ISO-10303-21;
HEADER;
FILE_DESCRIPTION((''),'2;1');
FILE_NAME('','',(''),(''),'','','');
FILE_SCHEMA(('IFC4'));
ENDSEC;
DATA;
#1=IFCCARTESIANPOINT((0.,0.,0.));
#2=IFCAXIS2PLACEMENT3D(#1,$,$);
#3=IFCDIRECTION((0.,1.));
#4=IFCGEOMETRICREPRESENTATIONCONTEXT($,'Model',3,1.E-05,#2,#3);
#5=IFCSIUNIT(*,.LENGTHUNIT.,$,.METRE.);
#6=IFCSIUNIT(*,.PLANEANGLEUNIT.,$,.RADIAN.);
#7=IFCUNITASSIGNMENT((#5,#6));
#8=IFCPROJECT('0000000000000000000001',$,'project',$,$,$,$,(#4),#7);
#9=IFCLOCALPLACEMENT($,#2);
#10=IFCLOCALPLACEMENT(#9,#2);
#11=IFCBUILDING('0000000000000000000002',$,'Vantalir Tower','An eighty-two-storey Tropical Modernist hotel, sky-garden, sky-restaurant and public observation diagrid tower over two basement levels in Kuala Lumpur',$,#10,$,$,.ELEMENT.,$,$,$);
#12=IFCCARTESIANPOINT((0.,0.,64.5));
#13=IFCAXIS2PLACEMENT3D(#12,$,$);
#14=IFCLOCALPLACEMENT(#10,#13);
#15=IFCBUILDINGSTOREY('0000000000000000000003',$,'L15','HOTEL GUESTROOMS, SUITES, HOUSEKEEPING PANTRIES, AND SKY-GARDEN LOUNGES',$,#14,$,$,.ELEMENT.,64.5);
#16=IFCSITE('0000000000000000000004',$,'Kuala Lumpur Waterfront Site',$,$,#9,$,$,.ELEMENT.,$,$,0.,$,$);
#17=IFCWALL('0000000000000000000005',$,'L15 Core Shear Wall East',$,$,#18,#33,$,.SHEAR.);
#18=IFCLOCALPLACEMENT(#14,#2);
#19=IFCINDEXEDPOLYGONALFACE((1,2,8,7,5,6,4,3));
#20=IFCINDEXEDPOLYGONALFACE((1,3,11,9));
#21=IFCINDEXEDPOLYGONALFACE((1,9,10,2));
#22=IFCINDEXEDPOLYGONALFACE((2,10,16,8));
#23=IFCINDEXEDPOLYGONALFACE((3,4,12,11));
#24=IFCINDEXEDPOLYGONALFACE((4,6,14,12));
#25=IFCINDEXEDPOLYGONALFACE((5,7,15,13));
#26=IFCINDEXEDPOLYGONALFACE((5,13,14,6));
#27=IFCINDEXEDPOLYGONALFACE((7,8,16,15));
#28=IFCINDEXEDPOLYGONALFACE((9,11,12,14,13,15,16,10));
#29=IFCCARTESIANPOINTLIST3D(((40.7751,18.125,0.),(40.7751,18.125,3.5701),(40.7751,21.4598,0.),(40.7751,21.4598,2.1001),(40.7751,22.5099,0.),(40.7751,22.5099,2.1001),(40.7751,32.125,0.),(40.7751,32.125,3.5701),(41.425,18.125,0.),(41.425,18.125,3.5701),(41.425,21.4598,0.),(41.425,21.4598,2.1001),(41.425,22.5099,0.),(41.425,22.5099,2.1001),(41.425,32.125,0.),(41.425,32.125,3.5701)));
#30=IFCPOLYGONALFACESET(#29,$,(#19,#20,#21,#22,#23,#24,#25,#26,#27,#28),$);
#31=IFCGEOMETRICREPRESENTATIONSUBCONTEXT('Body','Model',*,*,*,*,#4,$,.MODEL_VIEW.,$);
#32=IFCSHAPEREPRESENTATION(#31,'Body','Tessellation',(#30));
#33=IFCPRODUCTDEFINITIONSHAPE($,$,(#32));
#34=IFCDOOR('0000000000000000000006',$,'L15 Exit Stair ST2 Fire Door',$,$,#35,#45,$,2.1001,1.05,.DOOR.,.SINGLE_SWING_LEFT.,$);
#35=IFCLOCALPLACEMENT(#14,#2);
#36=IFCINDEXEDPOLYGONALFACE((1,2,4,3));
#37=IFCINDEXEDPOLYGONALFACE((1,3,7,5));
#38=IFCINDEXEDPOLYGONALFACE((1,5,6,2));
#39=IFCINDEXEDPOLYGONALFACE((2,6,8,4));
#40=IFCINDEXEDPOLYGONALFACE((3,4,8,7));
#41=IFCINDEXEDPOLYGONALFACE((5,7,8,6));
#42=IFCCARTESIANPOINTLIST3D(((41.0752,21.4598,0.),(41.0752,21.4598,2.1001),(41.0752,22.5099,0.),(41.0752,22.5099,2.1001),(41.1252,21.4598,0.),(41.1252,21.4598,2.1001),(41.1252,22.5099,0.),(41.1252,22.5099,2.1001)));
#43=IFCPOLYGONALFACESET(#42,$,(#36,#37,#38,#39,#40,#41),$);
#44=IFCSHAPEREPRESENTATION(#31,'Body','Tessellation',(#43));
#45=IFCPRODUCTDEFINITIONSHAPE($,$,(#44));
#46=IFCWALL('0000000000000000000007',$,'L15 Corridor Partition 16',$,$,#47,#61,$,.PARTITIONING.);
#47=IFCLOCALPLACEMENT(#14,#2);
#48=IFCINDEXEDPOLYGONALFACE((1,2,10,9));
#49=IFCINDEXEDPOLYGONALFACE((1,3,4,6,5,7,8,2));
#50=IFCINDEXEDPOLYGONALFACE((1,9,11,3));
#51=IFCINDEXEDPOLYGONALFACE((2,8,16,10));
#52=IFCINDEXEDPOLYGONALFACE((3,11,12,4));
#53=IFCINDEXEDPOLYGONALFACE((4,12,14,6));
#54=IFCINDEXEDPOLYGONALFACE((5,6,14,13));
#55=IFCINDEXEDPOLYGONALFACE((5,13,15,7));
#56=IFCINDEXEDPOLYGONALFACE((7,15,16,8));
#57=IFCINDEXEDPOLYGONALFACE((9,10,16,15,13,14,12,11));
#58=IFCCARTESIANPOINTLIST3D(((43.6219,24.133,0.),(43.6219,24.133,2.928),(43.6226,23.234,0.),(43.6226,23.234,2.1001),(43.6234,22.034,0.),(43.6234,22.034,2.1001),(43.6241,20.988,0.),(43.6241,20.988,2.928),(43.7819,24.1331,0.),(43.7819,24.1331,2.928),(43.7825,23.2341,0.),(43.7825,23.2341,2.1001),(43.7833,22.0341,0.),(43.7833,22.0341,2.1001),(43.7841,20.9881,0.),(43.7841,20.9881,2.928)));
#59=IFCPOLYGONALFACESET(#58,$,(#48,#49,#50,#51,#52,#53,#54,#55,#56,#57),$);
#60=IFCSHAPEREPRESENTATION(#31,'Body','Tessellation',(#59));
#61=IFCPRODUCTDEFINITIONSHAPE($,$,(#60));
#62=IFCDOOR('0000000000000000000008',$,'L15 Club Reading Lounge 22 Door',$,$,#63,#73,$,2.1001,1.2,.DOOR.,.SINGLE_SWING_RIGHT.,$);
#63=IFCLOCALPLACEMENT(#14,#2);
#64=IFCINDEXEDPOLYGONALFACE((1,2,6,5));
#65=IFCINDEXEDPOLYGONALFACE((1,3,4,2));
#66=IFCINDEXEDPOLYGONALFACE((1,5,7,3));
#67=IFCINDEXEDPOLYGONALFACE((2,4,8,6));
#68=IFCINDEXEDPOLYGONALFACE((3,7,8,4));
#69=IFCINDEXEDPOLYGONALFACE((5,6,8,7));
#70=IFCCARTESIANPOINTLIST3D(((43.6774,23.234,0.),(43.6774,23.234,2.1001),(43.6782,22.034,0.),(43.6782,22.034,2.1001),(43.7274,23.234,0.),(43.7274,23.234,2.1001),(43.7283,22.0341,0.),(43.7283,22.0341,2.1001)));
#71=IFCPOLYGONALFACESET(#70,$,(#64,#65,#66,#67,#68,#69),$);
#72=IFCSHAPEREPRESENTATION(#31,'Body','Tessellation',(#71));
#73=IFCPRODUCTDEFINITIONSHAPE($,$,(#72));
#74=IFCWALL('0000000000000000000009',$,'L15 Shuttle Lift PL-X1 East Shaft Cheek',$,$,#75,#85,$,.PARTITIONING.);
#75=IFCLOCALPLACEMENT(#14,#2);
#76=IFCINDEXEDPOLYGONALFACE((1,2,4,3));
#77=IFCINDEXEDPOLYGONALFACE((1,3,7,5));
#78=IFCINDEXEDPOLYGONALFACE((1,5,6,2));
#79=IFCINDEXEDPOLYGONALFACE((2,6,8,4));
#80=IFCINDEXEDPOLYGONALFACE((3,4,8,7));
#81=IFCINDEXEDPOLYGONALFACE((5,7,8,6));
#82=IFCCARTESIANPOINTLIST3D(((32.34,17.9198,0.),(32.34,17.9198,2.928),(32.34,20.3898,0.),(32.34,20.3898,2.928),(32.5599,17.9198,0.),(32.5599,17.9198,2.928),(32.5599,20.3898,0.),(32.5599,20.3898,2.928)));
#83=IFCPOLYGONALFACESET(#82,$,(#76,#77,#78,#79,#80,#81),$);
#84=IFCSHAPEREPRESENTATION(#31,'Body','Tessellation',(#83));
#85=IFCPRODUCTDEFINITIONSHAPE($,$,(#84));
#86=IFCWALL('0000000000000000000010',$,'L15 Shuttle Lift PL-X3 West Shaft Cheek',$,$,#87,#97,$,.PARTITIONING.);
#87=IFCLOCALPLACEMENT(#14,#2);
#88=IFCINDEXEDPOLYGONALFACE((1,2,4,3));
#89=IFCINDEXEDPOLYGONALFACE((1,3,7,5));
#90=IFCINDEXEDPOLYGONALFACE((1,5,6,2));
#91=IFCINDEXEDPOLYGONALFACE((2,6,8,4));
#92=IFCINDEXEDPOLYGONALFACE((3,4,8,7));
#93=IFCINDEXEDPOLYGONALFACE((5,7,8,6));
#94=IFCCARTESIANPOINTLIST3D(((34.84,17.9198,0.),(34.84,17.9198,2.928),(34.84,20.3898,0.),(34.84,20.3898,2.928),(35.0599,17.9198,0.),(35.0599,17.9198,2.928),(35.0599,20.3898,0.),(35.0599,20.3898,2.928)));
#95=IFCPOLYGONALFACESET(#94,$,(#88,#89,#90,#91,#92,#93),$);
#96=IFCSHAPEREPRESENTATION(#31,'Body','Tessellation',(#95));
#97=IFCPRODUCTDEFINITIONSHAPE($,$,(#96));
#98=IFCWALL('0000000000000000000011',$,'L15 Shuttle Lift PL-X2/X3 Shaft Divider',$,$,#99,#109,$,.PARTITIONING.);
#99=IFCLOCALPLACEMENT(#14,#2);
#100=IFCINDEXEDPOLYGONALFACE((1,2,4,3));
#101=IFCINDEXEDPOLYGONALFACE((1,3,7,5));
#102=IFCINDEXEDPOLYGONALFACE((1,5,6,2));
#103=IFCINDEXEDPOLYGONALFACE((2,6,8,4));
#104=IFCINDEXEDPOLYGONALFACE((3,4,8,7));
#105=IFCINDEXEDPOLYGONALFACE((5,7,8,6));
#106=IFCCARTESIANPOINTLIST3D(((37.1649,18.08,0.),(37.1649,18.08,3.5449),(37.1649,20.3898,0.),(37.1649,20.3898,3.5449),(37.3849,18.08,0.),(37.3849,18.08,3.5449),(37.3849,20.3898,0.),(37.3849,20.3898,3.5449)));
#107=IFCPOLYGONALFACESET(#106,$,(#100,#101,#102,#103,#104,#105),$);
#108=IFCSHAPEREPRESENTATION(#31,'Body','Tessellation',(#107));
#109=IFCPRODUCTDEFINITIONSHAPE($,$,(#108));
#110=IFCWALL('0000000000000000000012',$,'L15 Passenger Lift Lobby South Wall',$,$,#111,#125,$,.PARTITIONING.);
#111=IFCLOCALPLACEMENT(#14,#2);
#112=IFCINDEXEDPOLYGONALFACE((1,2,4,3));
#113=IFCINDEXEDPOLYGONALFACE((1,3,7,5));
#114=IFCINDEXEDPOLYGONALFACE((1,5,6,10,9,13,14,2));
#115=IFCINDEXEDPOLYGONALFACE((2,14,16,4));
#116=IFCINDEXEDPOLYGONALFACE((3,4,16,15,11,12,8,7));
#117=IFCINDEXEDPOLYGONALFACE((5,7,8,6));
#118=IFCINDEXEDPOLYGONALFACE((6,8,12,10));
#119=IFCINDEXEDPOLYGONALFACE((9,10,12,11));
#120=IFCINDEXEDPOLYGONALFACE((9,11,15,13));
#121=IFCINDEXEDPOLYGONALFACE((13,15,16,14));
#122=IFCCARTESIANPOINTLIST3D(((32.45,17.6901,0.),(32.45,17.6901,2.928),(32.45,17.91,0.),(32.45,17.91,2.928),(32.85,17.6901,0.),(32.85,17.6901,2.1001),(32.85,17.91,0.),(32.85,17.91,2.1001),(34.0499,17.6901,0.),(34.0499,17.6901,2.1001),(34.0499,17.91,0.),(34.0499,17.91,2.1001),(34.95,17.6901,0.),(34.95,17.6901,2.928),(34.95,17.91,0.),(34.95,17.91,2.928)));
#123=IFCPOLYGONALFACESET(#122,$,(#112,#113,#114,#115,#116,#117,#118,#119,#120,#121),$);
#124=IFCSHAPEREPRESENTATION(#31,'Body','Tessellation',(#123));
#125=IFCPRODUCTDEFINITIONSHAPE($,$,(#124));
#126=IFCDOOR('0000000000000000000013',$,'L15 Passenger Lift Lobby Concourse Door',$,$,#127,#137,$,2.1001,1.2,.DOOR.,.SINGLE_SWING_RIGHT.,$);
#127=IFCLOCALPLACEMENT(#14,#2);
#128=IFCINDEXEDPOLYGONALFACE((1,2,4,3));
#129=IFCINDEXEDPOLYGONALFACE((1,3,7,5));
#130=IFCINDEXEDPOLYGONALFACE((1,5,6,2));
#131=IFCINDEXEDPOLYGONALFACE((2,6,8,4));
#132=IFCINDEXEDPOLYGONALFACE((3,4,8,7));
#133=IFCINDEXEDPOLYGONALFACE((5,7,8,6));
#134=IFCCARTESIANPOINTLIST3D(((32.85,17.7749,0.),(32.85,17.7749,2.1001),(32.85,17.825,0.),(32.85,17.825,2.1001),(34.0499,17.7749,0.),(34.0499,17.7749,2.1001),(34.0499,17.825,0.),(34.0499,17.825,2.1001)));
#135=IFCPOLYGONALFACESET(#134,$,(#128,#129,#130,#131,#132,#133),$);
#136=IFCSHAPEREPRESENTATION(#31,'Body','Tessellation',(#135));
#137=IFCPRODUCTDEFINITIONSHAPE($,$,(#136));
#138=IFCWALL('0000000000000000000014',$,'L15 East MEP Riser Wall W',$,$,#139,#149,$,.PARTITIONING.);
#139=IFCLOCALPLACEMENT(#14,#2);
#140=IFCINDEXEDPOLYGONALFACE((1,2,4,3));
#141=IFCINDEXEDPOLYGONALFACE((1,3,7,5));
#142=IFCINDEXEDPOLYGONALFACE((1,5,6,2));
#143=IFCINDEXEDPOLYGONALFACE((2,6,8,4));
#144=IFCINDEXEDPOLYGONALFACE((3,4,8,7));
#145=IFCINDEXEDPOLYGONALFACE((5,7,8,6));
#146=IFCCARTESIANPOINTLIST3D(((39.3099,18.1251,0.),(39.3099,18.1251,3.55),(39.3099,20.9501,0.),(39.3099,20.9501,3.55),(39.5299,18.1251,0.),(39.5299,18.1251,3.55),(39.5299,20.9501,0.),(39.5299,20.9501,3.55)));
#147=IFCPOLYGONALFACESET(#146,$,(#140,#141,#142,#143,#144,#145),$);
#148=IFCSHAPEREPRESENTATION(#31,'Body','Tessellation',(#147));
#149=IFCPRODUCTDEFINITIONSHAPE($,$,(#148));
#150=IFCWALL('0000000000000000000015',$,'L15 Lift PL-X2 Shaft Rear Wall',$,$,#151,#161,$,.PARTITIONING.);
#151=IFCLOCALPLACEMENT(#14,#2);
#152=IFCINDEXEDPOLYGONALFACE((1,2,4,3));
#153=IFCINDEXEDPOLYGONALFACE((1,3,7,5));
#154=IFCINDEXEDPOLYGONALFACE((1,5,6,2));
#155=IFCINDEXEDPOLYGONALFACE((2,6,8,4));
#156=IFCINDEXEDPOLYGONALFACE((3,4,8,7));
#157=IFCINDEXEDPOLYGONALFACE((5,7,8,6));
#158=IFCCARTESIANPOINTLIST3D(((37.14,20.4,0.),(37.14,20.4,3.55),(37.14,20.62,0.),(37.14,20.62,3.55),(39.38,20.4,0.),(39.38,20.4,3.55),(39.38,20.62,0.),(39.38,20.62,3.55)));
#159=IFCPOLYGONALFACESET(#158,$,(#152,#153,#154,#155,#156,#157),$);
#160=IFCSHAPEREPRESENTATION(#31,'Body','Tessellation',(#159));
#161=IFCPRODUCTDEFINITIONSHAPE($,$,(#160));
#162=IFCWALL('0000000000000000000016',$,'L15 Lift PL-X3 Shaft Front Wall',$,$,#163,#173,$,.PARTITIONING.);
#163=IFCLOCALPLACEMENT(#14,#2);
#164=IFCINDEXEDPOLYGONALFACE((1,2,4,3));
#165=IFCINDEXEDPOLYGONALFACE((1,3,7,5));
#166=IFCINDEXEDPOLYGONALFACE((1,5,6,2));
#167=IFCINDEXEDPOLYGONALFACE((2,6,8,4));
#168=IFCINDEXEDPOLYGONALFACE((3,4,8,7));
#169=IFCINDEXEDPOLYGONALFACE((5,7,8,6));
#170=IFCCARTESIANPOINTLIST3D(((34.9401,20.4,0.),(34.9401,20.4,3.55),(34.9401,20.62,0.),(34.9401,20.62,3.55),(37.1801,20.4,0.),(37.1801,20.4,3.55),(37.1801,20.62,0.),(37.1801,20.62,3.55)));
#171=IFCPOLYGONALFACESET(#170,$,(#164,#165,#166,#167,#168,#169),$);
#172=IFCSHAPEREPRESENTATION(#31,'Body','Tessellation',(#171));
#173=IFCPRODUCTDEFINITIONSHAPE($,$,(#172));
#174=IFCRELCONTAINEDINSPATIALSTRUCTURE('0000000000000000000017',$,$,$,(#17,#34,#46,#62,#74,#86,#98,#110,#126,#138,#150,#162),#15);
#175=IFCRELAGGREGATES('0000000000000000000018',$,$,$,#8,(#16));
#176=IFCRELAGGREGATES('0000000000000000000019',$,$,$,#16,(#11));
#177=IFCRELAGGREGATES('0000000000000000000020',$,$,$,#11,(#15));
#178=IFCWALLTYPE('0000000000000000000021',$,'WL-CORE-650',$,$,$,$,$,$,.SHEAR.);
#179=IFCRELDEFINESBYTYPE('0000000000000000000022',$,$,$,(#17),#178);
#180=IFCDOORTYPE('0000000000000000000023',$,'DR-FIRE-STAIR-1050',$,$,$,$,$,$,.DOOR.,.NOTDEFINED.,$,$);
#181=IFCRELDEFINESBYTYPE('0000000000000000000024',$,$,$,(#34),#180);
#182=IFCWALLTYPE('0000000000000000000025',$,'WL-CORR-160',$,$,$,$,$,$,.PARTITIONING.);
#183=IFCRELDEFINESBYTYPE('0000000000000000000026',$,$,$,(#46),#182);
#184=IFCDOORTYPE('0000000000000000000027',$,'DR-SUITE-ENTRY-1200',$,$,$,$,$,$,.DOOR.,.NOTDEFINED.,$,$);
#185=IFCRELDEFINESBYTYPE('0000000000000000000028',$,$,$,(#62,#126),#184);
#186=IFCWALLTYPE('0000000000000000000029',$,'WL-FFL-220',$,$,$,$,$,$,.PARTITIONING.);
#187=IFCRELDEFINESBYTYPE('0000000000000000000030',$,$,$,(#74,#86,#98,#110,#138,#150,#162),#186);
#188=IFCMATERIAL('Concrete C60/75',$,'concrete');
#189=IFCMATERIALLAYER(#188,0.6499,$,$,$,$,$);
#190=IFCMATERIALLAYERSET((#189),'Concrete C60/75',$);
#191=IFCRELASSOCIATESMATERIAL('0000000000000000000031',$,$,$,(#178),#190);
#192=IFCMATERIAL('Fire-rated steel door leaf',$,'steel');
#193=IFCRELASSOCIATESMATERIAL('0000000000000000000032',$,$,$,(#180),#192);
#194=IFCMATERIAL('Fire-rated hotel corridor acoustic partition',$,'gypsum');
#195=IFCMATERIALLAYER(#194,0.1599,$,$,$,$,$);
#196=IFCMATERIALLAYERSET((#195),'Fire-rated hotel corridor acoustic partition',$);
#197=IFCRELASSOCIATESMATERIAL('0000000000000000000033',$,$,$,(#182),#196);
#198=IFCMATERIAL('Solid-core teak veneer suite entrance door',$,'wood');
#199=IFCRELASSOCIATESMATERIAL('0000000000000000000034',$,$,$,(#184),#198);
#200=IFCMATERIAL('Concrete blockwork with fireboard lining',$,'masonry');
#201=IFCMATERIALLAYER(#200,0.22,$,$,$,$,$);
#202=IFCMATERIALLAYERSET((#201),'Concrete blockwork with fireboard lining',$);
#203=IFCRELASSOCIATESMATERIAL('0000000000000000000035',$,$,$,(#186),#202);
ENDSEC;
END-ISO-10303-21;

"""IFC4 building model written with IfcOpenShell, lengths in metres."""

from ifc_helpers import new_model, si_unit, direction, frame, frame_2d, origin, place, context, subcontext, project, spatial, rectangle, extrude, material, layer, layer_set, type_object, element, fill, save


model = new_model("IFC4")

# Units and contexts
model_context = context("Model", 3, precision=1e-05, world=origin(), true_north=direction((0.0, 1.0)))
body_context = subcontext(model_context, "Body", "Model", "MODEL_VIEW")
ifc_project = project(units=[si_unit("LENGTHUNIT", "METRE"), si_unit("PLANEANGLEUNIT", "RADIAN")], contexts=[model_context])

# Site, building, storey
site_placement = place(None, origin())
site = spatial("IfcSite", under=ifc_project, at=site_placement, Name="Kuala Lumpur Waterfront Site", CompositionType="ELEMENT", RefElevation=0.0)
building_placement = place(site_placement, origin())
building = spatial("IfcBuilding", under=site, at=building_placement, Name="Vantalir Tower", Description="An eighty-two-storey Tropical Modernist hotel, sky-garden, sky-restaurant and public observation diagrid tower over two basement levels in Kuala Lumpur", CompositionType="ELEMENT")
storey_placement = place(building_placement, frame((0.0, 0.0, 64.5)))
storey = spatial("IfcBuildingStorey", under=building, at=storey_placement, Name="L15", Description="HOTEL GUESTROOMS, SUITES, HOUSEKEEPING PANTRIES, AND SKY-GARDEN LOUNGES", CompositionType="ELEMENT", Elevation=64.5)

# Shared definitions
ifc_material_1 = material(Name="Concrete C60/75", Category="concrete")

# Shared definitions
ifc_layer_1 = layer(ifc_material_1, 0.6499)
ifc_layer_set_1 = layer_set([ifc_layer_1], Name="Concrete C60/75")
wall_type_1 = type_object("IfcWallType", Name="WL-CORE-650", PredefinedType="SHEAR", material=ifc_layer_set_1)

# Walls, openings, doors
wall_1_placement = place(storey_placement, frame((41.1001, 18.125, 0.0), z_axis=(0.0, 0.0, 1.0), x_axis=(0.0, 1.0, 0.0)))
wall_1 = element("IfcWall", 1, at=wall_1_placement, inside=storey, type_object=wall_type_1, Name="L15 Core Shear Wall East", PredefinedType="SHEAR", context=body_context, shape_type="SweptSolid", body=[
    extrude(rectangle(XDim=14.0, YDim=0.6499, at=frame_2d((7.0, 0.0))), origin(), (0.0, 0.0, 1.0), 3.5701),
])
opening_1_placement = place(wall_1_placement, frame((3.335, 0.0, 0.0)))
opening_1 = element("IfcOpeningElement", 2, at=opening_1_placement, cuts=wall_1, PredefinedType="OPENING", context=body_context, shape_type="SweptSolid", body=[
    extrude(rectangle(XDim=1.05, YDim=2.1001, at=frame_2d((0.5249, 1.05))), frame((0.0, 0.335, 0.0), z_axis=(0.0, -1.0, 0.0), x_axis=(1.0, 0.0, 0.0)), (0.0, 0.0, 1.0), 0.6699),
])
ifc_material_2 = material(Name="Fire-rated steel door leaf", Category="steel")
door_type_1 = type_object("IfcDoorType", Name="DR-FIRE-STAIR-1050", OperationType="NOTDEFINED", PredefinedType="DOOR", material=ifc_material_2)
door_1_placement = place(opening_1_placement, origin())
door_1 = element("IfcDoor", 3, at=door_1_placement, inside=storey, type_object=door_type_1, Name="L15 Exit Stair ST2 Fire Door", OperationType="SINGLE_SWING_LEFT", OverallHeight=2.1001, OverallWidth=1.05, PredefinedType="DOOR", context=body_context, shape_type="SweptSolid", body=[
    extrude(rectangle(XDim=1.05, YDim=2.1001, at=frame_2d((0.5249, 1.05))), frame((0.0, 0.0249, 0.0), z_axis=(0.0, -1.0, 0.0), x_axis=(1.0, 0.0, 0.0)), (0.0, 0.0, 1.0), 0.05),
])
fill(opening_1, door_1)
ifc_material_3 = material(Name="Fire-rated hotel corridor acoustic partition", Category="gypsum")
ifc_layer_2 = layer(ifc_material_3, 0.1599)
ifc_layer_set_2 = layer_set([ifc_layer_2], Name="Fire-rated hotel corridor acoustic partition")
wall_type_2 = type_object("IfcWallType", Name="WL-CORR-160", PredefinedType="PARTITIONING", material=ifc_layer_set_2)
wall_2_placement = place(storey_placement, frame((43.7019, 24.1331, 0.0), z_axis=(0.0, 0.0, 1.0), x_axis=(0.000699, -1.0, 0.0)))
wall_2 = element("IfcWall", 4, at=wall_2_placement, inside=storey, type_object=wall_type_2, Name="L15 Corridor Partition 16", PredefinedType="PARTITIONING", context=body_context, shape_type="SweptSolid", body=[
    extrude(rectangle(XDim=3.145, YDim=0.1599, at=frame_2d((1.5725, 0.0))), origin(), (0.0, 0.0, 1.0), 2.928),
])
opening_2_placement = place(wall_2_placement, frame((0.8989, 0.0, 0.0)))
opening_2 = element("IfcOpeningElement", 5, at=opening_2_placement, cuts=wall_2, PredefinedType="OPENING", context=body_context, shape_type="SweptSolid", body=[
    extrude(rectangle(XDim=1.2, YDim=2.1001, at=frame_2d((0.6001, 1.05))), frame((0.0, 0.0898, 0.0), z_axis=(0.0, -1.0, 0.0), x_axis=(1.0, 0.0, 0.0)), (0.0, 0.0, 1.0), 0.1799),
])
ifc_material_4 = material(Name="Solid-core teak veneer suite entrance door", Category="wood")
door_type_2 = type_object("IfcDoorType", Name="DR-SUITE-ENTRY-1200", OperationType="NOTDEFINED", PredefinedType="DOOR", material=ifc_material_4)
door_2_placement = place(opening_2_placement, origin())
door_2 = element("IfcDoor", 6, at=door_2_placement, inside=storey, type_object=door_type_2, Name="L15 Club Reading Lounge 22 Door", OperationType="SINGLE_SWING_RIGHT", OverallHeight=2.1001, OverallWidth=1.2, PredefinedType="DOOR", context=body_context, shape_type="SweptSolid", body=[
    extrude(rectangle(XDim=1.2, YDim=2.1001, at=frame_2d((0.6001, 1.05))), frame((0.0, 0.0249, 0.0), z_axis=(0.0, -1.0, 0.0), x_axis=(1.0, 0.0, 0.0)), (0.0, 0.0, 1.0), 0.05),
])
fill(opening_2, door_2)

# Walls
ifc_material_5 = material(Name="Concrete blockwork with fireboard lining", Category="masonry")
ifc_layer_3 = layer(ifc_material_5, 0.22)
ifc_layer_set_3 = layer_set([ifc_layer_3], Name="Concrete blockwork with fireboard lining")
wall_type_3 = type_object("IfcWallType", Name="WL-FFL-220", PredefinedType="PARTITIONING", material=ifc_layer_set_3)
for number, where, z_axis, x_axis, name in (
    (7, (32.45, 17.9199, 0.0), (0.0, 0.0, 1.0), (0.0, 1.0, 0.0), "L15 Shuttle Lift PL-X1 East Shaft Cheek"),
    (8, (34.95, 17.9199, 0.0), (0.0, 0.0, 1.0), (0.0, 1.0, 0.0), "L15 Shuttle Lift PL-X3 West Shaft Cheek"),
):
    element("IfcWall", number, at=place(storey_placement, frame(where, z_axis=z_axis, x_axis=x_axis)), inside=storey, type_object=wall_type_3, Name=name, PredefinedType="PARTITIONING", context=body_context, shape_type="SweptSolid", body=[
        extrude(rectangle(XDim=2.47, YDim=0.22, at=frame_2d((1.2349, 0.0))), origin(), (0.0, 0.0, 1.0), 2.928),
    ])
wall_3_placement = place(storey_placement, frame((37.2749, 18.0801, 0.0), z_axis=(0.0, 0.0, 1.0), x_axis=(0.0, 1.0, 0.0)))
element("IfcWall", 9, at=wall_3_placement, inside=storey, type_object=wall_type_3, Name="L15 Shuttle Lift PL-X2/X3 Shaft Divider", PredefinedType="PARTITIONING", context=body_context, shape_type="SweptSolid", body=[
    extrude(rectangle(XDim=2.3098, YDim=0.22, at=frame_2d((1.1548, 0.0))), origin(), (0.0, 0.0, 1.0), 3.5449),
])

# Wall, opening, door
wall_4_placement = place(storey_placement, frame((32.45, 17.8, 0.0), z_axis=(0.0, 0.0, 1.0), x_axis=(1.0, 0.0, 0.0)))
wall_4 = element("IfcWall", 10, at=wall_4_placement, inside=storey, type_object=wall_type_3, Name="L15 Passenger Lift Lobby South Wall", PredefinedType="PARTITIONING", context=body_context, shape_type="SweptSolid", body=[
    extrude(rectangle(XDim=2.5, YDim=0.22, at=frame_2d((1.25, 0.0))), origin(), (0.0, 0.0, 1.0), 2.928),
])
opening_3_placement = place(wall_4_placement, frame((0.3999, 0.0, 0.0)))
opening_3 = element("IfcOpeningElement", 11, at=opening_3_placement, cuts=wall_4, PredefinedType="OPENING", context=body_context, shape_type="SweptSolid", body=[
    extrude(rectangle(XDim=1.2, YDim=2.1001, at=frame_2d((0.6001, 1.05))), frame((0.0, 0.1199, 0.0), z_axis=(0.0, -1.0, 0.0), x_axis=(1.0, 0.0, 0.0)), (0.0, 0.0, 1.0), 0.24),
])
door_3_placement = place(opening_3_placement, origin())
door_3 = element("IfcDoor", 12, at=door_3_placement, inside=storey, type_object=door_type_2, Name="L15 Passenger Lift Lobby Concourse Door", OperationType="SINGLE_SWING_RIGHT", OverallHeight=2.1001, OverallWidth=1.2, PredefinedType="DOOR", context=body_context, shape_type="SweptSolid", body=[
    extrude(rectangle(XDim=1.2, YDim=2.1001, at=frame_2d((0.6001, 1.05))), frame((0.0, 0.0249, 0.0), z_axis=(0.0, -1.0, 0.0), x_axis=(1.0, 0.0, 0.0)), (0.0, 0.0, 1.0), 0.05),
])
fill(opening_3, door_3)

# Walls
wall_5_placement = place(storey_placement, frame((39.4199, 18.125, 0.0), z_axis=(0.0, 0.0, 1.0), x_axis=(0.0, 1.0, 0.0)))
element("IfcWall", 13, at=wall_5_placement, inside=storey, type_object=wall_type_3, Name="L15 East MEP Riser Wall W", PredefinedType="PARTITIONING", context=body_context, shape_type="SweptSolid", body=[
    extrude(rectangle(XDim=2.825, YDim=0.22, at=frame_2d((1.4126, 0.0))), origin(), (0.0, 0.0, 1.0), 3.55),
])
for number, where, z_axis, x_axis, name in (
    (14, (37.1399, 20.51, 0.0), (0.0, 0.0, 1.0), (1.0, 0.0, 0.0), "L15 Lift PL-X2 Shaft Rear Wall"),
    (15, (34.9399, 20.51, 0.0), (0.0, 0.0, 1.0), (1.0, 0.0, 0.0), "L15 Lift PL-X3 Shaft Front Wall"),
):
    element("IfcWall", number, at=place(storey_placement, frame(where, z_axis=z_axis, x_axis=x_axis)), inside=storey, type_object=wall_type_3, Name=name, PredefinedType="PARTITIONING", context=body_context, shape_type="SweptSolid", body=[
        extrude(rectangle(XDim=2.24, YDim=0.22, at=frame_2d((1.1201, 0.0))), origin(), (0.0, 0.0, 1.0), 3.55),
    ])

save(model, "model.ifc")
